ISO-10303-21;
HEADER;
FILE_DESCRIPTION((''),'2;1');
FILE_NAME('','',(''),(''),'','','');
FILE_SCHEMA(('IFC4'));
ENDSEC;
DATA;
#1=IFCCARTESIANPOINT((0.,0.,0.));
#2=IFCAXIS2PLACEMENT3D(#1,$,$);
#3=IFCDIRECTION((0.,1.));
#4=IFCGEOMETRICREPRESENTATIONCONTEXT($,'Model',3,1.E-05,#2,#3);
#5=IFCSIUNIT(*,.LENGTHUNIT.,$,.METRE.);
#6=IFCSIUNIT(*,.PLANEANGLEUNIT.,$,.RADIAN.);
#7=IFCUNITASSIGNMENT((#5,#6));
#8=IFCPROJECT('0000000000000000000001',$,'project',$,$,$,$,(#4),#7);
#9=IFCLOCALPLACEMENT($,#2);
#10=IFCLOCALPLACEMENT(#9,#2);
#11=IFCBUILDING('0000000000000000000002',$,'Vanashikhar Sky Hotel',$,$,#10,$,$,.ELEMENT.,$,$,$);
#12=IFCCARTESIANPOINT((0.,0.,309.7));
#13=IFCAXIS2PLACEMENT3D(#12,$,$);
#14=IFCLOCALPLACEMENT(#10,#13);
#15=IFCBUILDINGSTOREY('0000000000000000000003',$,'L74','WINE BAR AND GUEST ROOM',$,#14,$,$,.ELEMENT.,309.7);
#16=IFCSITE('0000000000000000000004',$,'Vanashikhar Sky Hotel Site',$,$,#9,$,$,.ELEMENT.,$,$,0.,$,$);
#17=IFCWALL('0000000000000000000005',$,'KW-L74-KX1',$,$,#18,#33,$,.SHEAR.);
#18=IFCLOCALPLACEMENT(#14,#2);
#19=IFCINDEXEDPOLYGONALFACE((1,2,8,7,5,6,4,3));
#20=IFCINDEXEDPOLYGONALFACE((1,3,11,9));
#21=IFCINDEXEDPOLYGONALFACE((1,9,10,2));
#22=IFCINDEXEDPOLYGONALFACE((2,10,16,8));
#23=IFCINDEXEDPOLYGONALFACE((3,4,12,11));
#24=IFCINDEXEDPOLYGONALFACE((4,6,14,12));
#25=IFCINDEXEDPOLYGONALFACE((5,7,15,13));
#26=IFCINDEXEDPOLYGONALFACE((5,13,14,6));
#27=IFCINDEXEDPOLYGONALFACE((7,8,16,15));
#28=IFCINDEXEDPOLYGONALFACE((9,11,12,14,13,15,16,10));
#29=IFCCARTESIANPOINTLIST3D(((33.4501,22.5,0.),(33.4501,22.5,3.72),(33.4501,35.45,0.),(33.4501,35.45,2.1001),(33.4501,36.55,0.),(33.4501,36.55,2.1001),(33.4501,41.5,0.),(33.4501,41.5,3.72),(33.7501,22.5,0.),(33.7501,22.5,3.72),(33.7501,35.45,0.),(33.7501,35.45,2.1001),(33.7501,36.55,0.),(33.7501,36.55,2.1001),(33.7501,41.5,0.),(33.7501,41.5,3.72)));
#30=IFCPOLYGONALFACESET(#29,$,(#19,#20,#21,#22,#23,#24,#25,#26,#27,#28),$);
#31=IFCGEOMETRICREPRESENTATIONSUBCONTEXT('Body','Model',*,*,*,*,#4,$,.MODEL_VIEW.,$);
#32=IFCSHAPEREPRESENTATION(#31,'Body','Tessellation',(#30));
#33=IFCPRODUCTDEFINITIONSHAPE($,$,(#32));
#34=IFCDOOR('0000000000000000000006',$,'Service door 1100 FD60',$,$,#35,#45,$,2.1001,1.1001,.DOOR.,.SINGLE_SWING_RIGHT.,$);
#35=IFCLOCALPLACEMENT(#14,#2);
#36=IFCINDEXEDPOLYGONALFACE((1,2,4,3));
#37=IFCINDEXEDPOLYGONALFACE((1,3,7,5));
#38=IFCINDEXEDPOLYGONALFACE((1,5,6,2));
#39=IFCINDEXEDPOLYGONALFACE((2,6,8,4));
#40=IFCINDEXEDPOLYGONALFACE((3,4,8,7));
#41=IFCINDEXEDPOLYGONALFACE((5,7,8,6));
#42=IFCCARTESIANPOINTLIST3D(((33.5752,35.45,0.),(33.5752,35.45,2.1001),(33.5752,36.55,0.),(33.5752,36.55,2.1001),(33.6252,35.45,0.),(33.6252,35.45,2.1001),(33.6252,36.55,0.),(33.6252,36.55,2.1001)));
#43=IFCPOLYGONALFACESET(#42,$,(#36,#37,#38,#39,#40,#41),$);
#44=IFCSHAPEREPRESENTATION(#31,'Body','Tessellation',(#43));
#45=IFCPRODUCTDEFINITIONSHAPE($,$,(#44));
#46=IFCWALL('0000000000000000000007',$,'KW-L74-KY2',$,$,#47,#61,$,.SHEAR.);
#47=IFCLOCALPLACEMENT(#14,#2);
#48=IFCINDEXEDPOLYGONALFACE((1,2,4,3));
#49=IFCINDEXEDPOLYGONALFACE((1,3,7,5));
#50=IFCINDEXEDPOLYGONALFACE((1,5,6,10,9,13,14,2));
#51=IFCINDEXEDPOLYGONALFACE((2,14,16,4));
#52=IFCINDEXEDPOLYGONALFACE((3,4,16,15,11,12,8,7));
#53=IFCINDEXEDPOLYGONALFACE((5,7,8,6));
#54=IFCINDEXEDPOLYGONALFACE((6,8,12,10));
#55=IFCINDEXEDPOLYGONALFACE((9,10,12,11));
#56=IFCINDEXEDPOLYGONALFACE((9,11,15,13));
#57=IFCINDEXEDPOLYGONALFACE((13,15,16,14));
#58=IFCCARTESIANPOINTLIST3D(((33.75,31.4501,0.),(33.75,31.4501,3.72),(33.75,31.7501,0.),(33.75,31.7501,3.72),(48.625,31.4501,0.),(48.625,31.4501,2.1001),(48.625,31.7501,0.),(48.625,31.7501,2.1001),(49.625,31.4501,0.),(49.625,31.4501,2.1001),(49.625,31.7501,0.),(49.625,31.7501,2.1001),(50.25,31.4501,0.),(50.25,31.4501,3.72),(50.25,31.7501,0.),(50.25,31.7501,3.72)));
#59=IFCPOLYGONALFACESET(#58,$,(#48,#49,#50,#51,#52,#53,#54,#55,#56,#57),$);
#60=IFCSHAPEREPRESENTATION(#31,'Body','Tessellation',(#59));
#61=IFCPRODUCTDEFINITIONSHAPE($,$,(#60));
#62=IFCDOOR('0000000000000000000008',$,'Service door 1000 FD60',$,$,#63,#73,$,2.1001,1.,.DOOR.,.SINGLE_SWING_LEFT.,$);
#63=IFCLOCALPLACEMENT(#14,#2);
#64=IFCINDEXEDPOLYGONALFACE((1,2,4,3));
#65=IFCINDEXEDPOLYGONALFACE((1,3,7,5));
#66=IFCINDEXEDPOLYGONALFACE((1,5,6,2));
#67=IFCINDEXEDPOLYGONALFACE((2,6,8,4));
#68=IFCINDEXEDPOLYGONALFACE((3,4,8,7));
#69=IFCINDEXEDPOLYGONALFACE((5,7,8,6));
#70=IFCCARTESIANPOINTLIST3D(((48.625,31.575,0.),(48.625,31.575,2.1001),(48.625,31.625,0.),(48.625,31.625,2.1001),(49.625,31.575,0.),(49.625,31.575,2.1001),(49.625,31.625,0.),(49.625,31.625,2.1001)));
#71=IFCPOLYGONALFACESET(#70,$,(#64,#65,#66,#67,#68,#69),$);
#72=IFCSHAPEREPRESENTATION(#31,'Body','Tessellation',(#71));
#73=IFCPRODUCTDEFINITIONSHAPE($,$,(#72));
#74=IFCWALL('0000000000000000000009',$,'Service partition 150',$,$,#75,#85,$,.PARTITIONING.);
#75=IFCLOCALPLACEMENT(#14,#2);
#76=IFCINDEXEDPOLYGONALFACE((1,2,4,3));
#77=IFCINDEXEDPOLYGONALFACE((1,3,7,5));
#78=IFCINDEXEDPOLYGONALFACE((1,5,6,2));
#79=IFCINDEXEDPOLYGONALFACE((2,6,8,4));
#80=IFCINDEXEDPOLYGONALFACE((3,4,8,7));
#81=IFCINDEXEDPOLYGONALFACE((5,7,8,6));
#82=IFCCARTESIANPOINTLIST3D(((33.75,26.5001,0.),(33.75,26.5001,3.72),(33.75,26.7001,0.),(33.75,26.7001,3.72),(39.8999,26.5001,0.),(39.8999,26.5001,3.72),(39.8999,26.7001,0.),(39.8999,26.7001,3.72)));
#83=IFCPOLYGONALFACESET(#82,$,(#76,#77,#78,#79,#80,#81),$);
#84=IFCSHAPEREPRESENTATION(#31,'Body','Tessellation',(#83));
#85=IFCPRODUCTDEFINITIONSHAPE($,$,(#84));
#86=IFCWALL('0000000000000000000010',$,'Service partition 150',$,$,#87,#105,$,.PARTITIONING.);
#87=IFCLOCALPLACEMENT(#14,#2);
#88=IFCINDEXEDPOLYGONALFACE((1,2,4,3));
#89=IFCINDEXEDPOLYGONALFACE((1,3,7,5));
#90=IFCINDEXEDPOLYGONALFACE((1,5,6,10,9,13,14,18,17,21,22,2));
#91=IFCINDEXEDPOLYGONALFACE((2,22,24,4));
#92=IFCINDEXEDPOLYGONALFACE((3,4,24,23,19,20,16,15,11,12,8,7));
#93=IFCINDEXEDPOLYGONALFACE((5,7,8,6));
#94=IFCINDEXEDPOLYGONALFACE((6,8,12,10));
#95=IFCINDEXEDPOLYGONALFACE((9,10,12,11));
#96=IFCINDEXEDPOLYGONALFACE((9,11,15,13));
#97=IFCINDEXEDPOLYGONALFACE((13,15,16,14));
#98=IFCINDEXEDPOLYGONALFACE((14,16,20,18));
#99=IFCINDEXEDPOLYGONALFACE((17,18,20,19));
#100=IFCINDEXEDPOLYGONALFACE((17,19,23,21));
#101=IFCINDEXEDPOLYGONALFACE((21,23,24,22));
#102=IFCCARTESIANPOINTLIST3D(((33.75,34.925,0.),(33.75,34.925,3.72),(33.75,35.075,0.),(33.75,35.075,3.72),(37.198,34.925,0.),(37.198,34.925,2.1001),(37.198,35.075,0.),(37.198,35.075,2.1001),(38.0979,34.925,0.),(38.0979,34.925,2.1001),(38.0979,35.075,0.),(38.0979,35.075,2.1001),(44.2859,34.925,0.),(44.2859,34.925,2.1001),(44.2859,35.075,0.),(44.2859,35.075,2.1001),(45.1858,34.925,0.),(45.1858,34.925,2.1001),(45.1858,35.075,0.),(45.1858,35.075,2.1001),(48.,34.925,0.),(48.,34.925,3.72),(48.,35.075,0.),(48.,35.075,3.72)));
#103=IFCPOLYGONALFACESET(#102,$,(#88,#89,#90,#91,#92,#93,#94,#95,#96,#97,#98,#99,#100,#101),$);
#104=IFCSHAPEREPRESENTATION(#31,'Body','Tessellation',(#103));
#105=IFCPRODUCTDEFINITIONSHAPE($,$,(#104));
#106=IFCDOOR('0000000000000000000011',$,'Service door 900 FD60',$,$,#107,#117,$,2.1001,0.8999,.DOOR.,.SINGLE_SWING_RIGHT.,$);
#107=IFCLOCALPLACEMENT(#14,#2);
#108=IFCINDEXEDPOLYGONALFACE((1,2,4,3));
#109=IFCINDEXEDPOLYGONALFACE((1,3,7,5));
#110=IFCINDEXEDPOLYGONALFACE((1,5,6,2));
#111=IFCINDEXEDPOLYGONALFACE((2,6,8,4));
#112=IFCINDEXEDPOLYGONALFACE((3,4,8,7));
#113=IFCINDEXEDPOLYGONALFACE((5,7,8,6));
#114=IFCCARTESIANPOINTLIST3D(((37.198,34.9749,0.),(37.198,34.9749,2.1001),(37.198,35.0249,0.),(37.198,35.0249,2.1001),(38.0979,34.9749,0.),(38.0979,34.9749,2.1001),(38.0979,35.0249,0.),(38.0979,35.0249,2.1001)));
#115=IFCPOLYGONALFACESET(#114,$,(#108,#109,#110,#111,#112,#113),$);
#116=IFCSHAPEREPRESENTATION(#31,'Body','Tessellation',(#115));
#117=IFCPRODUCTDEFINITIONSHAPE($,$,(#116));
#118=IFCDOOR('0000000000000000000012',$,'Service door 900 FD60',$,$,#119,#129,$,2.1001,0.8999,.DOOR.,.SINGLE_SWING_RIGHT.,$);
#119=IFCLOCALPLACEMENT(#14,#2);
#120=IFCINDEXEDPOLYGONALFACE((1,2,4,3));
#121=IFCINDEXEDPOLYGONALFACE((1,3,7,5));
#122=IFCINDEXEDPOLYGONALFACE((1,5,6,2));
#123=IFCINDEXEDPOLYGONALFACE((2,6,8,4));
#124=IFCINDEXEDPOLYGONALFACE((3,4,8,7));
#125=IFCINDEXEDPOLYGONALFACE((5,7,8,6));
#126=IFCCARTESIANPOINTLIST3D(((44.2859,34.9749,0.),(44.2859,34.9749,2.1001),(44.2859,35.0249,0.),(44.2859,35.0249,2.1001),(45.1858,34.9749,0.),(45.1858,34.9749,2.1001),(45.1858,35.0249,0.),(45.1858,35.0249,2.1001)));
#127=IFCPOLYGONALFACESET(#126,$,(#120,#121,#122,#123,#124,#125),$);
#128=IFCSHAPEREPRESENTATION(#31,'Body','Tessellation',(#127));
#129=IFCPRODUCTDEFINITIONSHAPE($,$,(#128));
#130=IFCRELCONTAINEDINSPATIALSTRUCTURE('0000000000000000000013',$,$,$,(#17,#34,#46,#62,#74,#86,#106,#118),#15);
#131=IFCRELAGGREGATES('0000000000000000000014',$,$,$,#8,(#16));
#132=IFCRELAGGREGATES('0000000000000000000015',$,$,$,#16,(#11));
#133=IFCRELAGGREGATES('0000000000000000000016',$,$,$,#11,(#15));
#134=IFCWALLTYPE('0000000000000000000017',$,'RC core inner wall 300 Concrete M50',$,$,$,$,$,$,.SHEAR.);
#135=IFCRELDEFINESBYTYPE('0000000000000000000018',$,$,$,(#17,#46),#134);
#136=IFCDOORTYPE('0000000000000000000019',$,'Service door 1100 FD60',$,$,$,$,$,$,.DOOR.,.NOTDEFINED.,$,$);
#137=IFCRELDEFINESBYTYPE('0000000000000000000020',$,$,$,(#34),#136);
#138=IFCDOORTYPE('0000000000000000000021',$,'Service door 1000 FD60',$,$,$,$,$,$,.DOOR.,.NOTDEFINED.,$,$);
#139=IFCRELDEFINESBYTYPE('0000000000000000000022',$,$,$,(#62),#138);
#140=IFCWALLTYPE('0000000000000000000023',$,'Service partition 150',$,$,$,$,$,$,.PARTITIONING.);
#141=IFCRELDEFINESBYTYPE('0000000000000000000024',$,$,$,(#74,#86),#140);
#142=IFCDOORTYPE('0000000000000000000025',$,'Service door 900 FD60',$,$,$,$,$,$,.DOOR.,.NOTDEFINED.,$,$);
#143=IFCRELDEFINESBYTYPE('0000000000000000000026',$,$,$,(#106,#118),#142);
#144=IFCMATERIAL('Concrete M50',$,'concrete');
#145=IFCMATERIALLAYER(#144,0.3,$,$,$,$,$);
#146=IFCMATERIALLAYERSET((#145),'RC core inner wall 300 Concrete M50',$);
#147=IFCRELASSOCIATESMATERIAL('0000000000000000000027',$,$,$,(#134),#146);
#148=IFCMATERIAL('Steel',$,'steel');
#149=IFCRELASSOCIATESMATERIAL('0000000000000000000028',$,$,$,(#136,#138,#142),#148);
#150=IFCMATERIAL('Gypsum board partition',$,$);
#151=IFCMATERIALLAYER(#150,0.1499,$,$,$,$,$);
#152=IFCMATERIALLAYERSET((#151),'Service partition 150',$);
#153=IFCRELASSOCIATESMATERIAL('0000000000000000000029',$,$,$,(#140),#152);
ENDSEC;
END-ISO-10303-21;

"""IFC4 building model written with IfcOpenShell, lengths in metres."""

from ifc_helpers import new_model, si_unit, direction, frame, frame_2d, origin, place, context, subcontext, project, spatial, rectangle, extrude, source, transform, mapped, material, layer, layer_set, type_object, element, fill, save


model = new_model("IFC4")

# Units and contexts
model_context = context("Model", 3, precision=1e-05, world=origin(), true_north=direction((0.0, 1.0)))
body_context = subcontext(model_context, "Body", "Model", "MODEL_VIEW")
ifc_project = project(units=[si_unit("LENGTHUNIT", "METRE"), si_unit("PLANEANGLEUNIT", "RADIAN")], contexts=[model_context])

# Site, building, storey
site_placement = place(None, origin())
site = spatial("IfcSite", under=ifc_project, at=site_placement, Name="Vanashikhar Sky Hotel Site", CompositionType="ELEMENT", RefElevation=0.0)
building_placement = place(site_placement, origin())
building = spatial("IfcBuilding", under=site, at=building_placement, Name="Vanashikhar Sky Hotel", CompositionType="ELEMENT")
storey_placement = place(building_placement, frame((0.0, 0.0, 309.7)))
storey = spatial("IfcBuildingStorey", under=building, at=storey_placement, Name="L74", Description="WINE BAR AND GUEST ROOM", CompositionType="ELEMENT", Elevation=309.7)

# Walls, openings, doors
ifc_material_1 = material(Name="Concrete M50", Category="concrete")
ifc_layer_1 = layer(ifc_material_1, 0.3)
ifc_layer_set_1 = layer_set([ifc_layer_1], Name="RC core inner wall 300 Concrete M50")
wall_type_1 = type_object("IfcWallType", Name="RC core inner wall 300 Concrete M50", PredefinedType="SHEAR", material=ifc_layer_set_1)
shared_shape_1 = source(origin(), body_context, "Body", "SweptSolid", [
    extrude(rectangle(XDim=19.0, YDim=0.3, at=frame_2d((9.5, 0.0))), origin(), (0.0, 0.0, 1.0), 3.72),
])
wall_1_placement = place(storey_placement, frame((33.6001, 22.5, 0.0), z_axis=(0.0, 0.0, 1.0), x_axis=(0.0, 1.0, 0.0)))
wall_1 = element("IfcWall", 1, at=wall_1_placement, inside=storey, type_object=wall_type_1, Name="KW-L74-KX1", PredefinedType="SHEAR", context=body_context, shape_type="MappedRepresentation", body=[
    mapped(shared_shape_1, transform((0.0, 0.0, 0.0), scale=1.0)),
])
shared_shape_2 = source(origin(), body_context, "Body", "SweptSolid", [
    extrude(rectangle(XDim=1.1001, YDim=2.1001, at=frame_2d((0.55, 1.05))), frame((0.0, 0.1602, 0.0), z_axis=(0.0, -1.0, 0.0), x_axis=(1.0, 0.0, 0.0)), (0.0, 0.0, 1.0), 0.3201),
])
opening_1_placement = place(wall_1_placement, frame((12.95, 0.0, 0.0)))
opening_1 = element("IfcOpeningElement", 2, at=opening_1_placement, cuts=wall_1, PredefinedType="OPENING", context=body_context, shape_type="MappedRepresentation", body=[
    mapped(shared_shape_2, transform((0.0, 0.0, 0.0), scale=1.0)),
])
ifc_material_2 = material(Name="Steel", Category="steel")
door_type_1 = type_object("IfcDoorType", Name="Service door 1100 FD60", OperationType="NOTDEFINED", PredefinedType="DOOR", material=ifc_material_2)
shared_shape_3 = source(origin(), body_context, "Body", "SweptSolid", [
    extrude(rectangle(XDim=1.1001, YDim=2.1001, at=frame_2d((0.55, 1.05))), frame((0.0, 0.0249, 0.0), z_axis=(0.0, -1.0, 0.0), x_axis=(1.0, 0.0, 0.0)), (0.0, 0.0, 1.0), 0.05),
])
door_1_placement = place(opening_1_placement, origin())
door_1 = element("IfcDoor", 3, at=door_1_placement, inside=storey, type_object=door_type_1, Name="Service door 1100 FD60", OperationType="SINGLE_SWING_RIGHT", OverallHeight=2.1001, OverallWidth=1.1001, PredefinedType="DOOR", context=body_context, shape_type="MappedRepresentation", body=[
    mapped(shared_shape_3, transform((0.0, 0.0, 0.0), scale=1.0)),
])
fill(opening_1, door_1)
shared_shape_4 = source(origin(), body_context, "Body", "SweptSolid", [
    extrude(rectangle(XDim=16.5, YDim=0.3, at=frame_2d((8.25, 0.0))), origin(), (0.0, 0.0, 1.0), 3.72),
])
wall_2_placement = place(storey_placement, frame((33.75, 31.6001, 0.0), z_axis=(0.0, 0.0, 1.0), x_axis=(1.0, 0.0, 0.0)))
wall_2 = element("IfcWall", 4, at=wall_2_placement, inside=storey, type_object=wall_type_1, Name="KW-L74-KY2", PredefinedType="SHEAR", context=body_context, shape_type="MappedRepresentation", body=[
    mapped(shared_shape_4, transform((0.0, 0.0, 0.0), scale=1.0)),
])
shared_shape_5 = source(origin(), body_context, "Body", "SweptSolid", [
    extrude(rectangle(XDim=1.0, YDim=2.1001, at=frame_2d((0.5, 1.05))), frame((0.0, 0.1602, 0.0), z_axis=(0.0, -1.0, 0.0), x_axis=(1.0, 0.0, 0.0)), (0.0, 0.0, 1.0), 0.3201),
])
opening_2_placement = place(wall_2_placement, frame((14.875, 0.0, 0.0)))
opening_2 = element("IfcOpeningElement", 5, at=opening_2_placement, cuts=wall_2, PredefinedType="OPENING", context=body_context, shape_type="MappedRepresentation", body=[
    mapped(shared_shape_5, transform((0.0, 0.0, 0.0), scale=1.0)),
])
door_type_2 = type_object("IfcDoorType", Name="Service door 1000 FD60", OperationType="NOTDEFINED", PredefinedType="DOOR", material=ifc_material_2)
shared_shape_6 = source(origin(), body_context, "Body", "SweptSolid", [
    extrude(rectangle(XDim=1.0, YDim=2.1001, at=frame_2d((0.5, 1.05))), frame((0.0, 0.0249, 0.0), z_axis=(0.0, -1.0, 0.0), x_axis=(1.0, 0.0, 0.0)), (0.0, 0.0, 1.0), 0.05),
])
door_2_placement = place(opening_2_placement, origin())
door_2 = element("IfcDoor", 6, at=door_2_placement, inside=storey, type_object=door_type_2, Name="Service door 1000 FD60", OperationType="SINGLE_SWING_LEFT", OverallHeight=2.1001, OverallWidth=1.0, PredefinedType="DOOR", context=body_context, shape_type="MappedRepresentation", body=[
    mapped(shared_shape_6, transform((0.0, 0.0, 0.0), scale=1.0)),
])
fill(opening_2, door_2)

# Wall
ifc_material_3 = material(Name="Gypsum board partition")
ifc_layer_2 = layer(ifc_material_3, 0.1499)
ifc_layer_set_2 = layer_set([ifc_layer_2], Name="Service partition 150")
wall_type_2 = type_object("IfcWallType", Name="Service partition 150", PredefinedType="PARTITIONING", material=ifc_layer_set_2)
shared_shape_7 = source(origin(), body_context, "Body", "SweptSolid", [
    extrude(rectangle(XDim=6.1499, YDim=0.2, at=frame_2d((3.075, 0.0))), origin(), (0.0, 0.0, 1.0), 3.72),
])
wall_3_placement = place(storey_placement, frame((33.75, 26.6001, 0.0), z_axis=(0.0, 0.0, 1.0), x_axis=(1.0, 0.0, 0.0)))
element("IfcWall", 7, at=wall_3_placement, inside=storey, type_object=wall_type_2, Name="Service partition 150", PredefinedType="PARTITIONING", context=body_context, shape_type="MappedRepresentation", body=[
    mapped(shared_shape_7, transform((0.0, 0.0, 0.0), scale=1.0)),
])

# Wall, openings, doors
shared_shape_8 = source(origin(), body_context, "Body", "SweptSolid", [
    extrude(rectangle(XDim=14.25, YDim=0.1499, at=frame_2d((7.125, 0.0))), origin(), (0.0, 0.0, 1.0), 3.72),
])
wall_4_placement = place(storey_placement, frame((33.75, 35.0, 0.0), z_axis=(0.0, 0.0, 1.0), x_axis=(1.0, 0.0, 0.0)))
wall_4 = element("IfcWall", 8, at=wall_4_placement, inside=storey, type_object=wall_type_2, Name="Service partition 150", PredefinedType="PARTITIONING", context=body_context, shape_type="MappedRepresentation", body=[
    mapped(shared_shape_8, transform((0.0, 0.0, 0.0), scale=1.0)),
])
shared_shape_9 = source(origin(), body_context, "Body", "SweptSolid", [
    extrude(rectangle(XDim=0.8999, YDim=2.1001, at=frame_2d((0.45, 1.05))), frame((0.0, 0.085, 0.0), z_axis=(0.0, -1.0, 0.0), x_axis=(1.0, 0.0, 0.0)), (0.0, 0.0, 1.0), 0.1699),
])
opening_3_placement = place(wall_4_placement, frame((3.448, 0.0, 0.0)))
opening_3 = element("IfcOpeningElement", 9, at=opening_3_placement, cuts=wall_4, PredefinedType="OPENING", context=body_context, shape_type="MappedRepresentation", body=[
    mapped(shared_shape_9, transform((0.0, 0.0, 0.0), scale=1.0)),
])
opening_4_placement = place(wall_4_placement, frame((10.5359, 0.0, 0.0)))
opening_4 = element("IfcOpeningElement", 10, at=opening_4_placement, cuts=wall_4, PredefinedType="OPENING", context=body_context, shape_type="MappedRepresentation", body=[
    mapped(shared_shape_9, transform((0.0, 0.0, 0.0), scale=1.0)),
])
door_type_3 = type_object("IfcDoorType", Name="Service door 900 FD60", OperationType="NOTDEFINED", PredefinedType="DOOR", material=ifc_material_2)
shared_shape_10 = source(origin(), body_context, "Body", "SweptSolid", [
    extrude(rectangle(XDim=0.8999, YDim=2.1001, at=frame_2d((0.45, 1.05))), frame((0.0, 0.0249, 0.0), z_axis=(0.0, -1.0, 0.0), x_axis=(1.0, 0.0, 0.0)), (0.0, 0.0, 1.0), 0.05),
])
door_3_placement = place(opening_3_placement, origin())
door_3 = element("IfcDoor", 11, at=door_3_placement, inside=storey, type_object=door_type_3, Name="Service door 900 FD60", OperationType="SINGLE_SWING_RIGHT", OverallHeight=2.1001, OverallWidth=0.8999, PredefinedType="DOOR", context=body_context, shape_type="MappedRepresentation", body=[
    mapped(shared_shape_10, transform((0.0, 0.0, 0.0), scale=1.0)),
])
fill(opening_3, door_3)
door_4_placement = place(opening_4_placement, origin())
door_4 = element("IfcDoor", 12, at=door_4_placement, inside=storey, type_object=door_type_3, Name="Service door 900 FD60", OperationType="SINGLE_SWING_RIGHT", OverallHeight=2.1001, OverallWidth=0.8999, PredefinedType="DOOR", context=body_context, shape_type="MappedRepresentation", body=[
    mapped(shared_shape_10, transform((0.0, 0.0, 0.0), scale=1.0)),
])
fill(opening_4, door_4)

save(model, "model.ifc")
